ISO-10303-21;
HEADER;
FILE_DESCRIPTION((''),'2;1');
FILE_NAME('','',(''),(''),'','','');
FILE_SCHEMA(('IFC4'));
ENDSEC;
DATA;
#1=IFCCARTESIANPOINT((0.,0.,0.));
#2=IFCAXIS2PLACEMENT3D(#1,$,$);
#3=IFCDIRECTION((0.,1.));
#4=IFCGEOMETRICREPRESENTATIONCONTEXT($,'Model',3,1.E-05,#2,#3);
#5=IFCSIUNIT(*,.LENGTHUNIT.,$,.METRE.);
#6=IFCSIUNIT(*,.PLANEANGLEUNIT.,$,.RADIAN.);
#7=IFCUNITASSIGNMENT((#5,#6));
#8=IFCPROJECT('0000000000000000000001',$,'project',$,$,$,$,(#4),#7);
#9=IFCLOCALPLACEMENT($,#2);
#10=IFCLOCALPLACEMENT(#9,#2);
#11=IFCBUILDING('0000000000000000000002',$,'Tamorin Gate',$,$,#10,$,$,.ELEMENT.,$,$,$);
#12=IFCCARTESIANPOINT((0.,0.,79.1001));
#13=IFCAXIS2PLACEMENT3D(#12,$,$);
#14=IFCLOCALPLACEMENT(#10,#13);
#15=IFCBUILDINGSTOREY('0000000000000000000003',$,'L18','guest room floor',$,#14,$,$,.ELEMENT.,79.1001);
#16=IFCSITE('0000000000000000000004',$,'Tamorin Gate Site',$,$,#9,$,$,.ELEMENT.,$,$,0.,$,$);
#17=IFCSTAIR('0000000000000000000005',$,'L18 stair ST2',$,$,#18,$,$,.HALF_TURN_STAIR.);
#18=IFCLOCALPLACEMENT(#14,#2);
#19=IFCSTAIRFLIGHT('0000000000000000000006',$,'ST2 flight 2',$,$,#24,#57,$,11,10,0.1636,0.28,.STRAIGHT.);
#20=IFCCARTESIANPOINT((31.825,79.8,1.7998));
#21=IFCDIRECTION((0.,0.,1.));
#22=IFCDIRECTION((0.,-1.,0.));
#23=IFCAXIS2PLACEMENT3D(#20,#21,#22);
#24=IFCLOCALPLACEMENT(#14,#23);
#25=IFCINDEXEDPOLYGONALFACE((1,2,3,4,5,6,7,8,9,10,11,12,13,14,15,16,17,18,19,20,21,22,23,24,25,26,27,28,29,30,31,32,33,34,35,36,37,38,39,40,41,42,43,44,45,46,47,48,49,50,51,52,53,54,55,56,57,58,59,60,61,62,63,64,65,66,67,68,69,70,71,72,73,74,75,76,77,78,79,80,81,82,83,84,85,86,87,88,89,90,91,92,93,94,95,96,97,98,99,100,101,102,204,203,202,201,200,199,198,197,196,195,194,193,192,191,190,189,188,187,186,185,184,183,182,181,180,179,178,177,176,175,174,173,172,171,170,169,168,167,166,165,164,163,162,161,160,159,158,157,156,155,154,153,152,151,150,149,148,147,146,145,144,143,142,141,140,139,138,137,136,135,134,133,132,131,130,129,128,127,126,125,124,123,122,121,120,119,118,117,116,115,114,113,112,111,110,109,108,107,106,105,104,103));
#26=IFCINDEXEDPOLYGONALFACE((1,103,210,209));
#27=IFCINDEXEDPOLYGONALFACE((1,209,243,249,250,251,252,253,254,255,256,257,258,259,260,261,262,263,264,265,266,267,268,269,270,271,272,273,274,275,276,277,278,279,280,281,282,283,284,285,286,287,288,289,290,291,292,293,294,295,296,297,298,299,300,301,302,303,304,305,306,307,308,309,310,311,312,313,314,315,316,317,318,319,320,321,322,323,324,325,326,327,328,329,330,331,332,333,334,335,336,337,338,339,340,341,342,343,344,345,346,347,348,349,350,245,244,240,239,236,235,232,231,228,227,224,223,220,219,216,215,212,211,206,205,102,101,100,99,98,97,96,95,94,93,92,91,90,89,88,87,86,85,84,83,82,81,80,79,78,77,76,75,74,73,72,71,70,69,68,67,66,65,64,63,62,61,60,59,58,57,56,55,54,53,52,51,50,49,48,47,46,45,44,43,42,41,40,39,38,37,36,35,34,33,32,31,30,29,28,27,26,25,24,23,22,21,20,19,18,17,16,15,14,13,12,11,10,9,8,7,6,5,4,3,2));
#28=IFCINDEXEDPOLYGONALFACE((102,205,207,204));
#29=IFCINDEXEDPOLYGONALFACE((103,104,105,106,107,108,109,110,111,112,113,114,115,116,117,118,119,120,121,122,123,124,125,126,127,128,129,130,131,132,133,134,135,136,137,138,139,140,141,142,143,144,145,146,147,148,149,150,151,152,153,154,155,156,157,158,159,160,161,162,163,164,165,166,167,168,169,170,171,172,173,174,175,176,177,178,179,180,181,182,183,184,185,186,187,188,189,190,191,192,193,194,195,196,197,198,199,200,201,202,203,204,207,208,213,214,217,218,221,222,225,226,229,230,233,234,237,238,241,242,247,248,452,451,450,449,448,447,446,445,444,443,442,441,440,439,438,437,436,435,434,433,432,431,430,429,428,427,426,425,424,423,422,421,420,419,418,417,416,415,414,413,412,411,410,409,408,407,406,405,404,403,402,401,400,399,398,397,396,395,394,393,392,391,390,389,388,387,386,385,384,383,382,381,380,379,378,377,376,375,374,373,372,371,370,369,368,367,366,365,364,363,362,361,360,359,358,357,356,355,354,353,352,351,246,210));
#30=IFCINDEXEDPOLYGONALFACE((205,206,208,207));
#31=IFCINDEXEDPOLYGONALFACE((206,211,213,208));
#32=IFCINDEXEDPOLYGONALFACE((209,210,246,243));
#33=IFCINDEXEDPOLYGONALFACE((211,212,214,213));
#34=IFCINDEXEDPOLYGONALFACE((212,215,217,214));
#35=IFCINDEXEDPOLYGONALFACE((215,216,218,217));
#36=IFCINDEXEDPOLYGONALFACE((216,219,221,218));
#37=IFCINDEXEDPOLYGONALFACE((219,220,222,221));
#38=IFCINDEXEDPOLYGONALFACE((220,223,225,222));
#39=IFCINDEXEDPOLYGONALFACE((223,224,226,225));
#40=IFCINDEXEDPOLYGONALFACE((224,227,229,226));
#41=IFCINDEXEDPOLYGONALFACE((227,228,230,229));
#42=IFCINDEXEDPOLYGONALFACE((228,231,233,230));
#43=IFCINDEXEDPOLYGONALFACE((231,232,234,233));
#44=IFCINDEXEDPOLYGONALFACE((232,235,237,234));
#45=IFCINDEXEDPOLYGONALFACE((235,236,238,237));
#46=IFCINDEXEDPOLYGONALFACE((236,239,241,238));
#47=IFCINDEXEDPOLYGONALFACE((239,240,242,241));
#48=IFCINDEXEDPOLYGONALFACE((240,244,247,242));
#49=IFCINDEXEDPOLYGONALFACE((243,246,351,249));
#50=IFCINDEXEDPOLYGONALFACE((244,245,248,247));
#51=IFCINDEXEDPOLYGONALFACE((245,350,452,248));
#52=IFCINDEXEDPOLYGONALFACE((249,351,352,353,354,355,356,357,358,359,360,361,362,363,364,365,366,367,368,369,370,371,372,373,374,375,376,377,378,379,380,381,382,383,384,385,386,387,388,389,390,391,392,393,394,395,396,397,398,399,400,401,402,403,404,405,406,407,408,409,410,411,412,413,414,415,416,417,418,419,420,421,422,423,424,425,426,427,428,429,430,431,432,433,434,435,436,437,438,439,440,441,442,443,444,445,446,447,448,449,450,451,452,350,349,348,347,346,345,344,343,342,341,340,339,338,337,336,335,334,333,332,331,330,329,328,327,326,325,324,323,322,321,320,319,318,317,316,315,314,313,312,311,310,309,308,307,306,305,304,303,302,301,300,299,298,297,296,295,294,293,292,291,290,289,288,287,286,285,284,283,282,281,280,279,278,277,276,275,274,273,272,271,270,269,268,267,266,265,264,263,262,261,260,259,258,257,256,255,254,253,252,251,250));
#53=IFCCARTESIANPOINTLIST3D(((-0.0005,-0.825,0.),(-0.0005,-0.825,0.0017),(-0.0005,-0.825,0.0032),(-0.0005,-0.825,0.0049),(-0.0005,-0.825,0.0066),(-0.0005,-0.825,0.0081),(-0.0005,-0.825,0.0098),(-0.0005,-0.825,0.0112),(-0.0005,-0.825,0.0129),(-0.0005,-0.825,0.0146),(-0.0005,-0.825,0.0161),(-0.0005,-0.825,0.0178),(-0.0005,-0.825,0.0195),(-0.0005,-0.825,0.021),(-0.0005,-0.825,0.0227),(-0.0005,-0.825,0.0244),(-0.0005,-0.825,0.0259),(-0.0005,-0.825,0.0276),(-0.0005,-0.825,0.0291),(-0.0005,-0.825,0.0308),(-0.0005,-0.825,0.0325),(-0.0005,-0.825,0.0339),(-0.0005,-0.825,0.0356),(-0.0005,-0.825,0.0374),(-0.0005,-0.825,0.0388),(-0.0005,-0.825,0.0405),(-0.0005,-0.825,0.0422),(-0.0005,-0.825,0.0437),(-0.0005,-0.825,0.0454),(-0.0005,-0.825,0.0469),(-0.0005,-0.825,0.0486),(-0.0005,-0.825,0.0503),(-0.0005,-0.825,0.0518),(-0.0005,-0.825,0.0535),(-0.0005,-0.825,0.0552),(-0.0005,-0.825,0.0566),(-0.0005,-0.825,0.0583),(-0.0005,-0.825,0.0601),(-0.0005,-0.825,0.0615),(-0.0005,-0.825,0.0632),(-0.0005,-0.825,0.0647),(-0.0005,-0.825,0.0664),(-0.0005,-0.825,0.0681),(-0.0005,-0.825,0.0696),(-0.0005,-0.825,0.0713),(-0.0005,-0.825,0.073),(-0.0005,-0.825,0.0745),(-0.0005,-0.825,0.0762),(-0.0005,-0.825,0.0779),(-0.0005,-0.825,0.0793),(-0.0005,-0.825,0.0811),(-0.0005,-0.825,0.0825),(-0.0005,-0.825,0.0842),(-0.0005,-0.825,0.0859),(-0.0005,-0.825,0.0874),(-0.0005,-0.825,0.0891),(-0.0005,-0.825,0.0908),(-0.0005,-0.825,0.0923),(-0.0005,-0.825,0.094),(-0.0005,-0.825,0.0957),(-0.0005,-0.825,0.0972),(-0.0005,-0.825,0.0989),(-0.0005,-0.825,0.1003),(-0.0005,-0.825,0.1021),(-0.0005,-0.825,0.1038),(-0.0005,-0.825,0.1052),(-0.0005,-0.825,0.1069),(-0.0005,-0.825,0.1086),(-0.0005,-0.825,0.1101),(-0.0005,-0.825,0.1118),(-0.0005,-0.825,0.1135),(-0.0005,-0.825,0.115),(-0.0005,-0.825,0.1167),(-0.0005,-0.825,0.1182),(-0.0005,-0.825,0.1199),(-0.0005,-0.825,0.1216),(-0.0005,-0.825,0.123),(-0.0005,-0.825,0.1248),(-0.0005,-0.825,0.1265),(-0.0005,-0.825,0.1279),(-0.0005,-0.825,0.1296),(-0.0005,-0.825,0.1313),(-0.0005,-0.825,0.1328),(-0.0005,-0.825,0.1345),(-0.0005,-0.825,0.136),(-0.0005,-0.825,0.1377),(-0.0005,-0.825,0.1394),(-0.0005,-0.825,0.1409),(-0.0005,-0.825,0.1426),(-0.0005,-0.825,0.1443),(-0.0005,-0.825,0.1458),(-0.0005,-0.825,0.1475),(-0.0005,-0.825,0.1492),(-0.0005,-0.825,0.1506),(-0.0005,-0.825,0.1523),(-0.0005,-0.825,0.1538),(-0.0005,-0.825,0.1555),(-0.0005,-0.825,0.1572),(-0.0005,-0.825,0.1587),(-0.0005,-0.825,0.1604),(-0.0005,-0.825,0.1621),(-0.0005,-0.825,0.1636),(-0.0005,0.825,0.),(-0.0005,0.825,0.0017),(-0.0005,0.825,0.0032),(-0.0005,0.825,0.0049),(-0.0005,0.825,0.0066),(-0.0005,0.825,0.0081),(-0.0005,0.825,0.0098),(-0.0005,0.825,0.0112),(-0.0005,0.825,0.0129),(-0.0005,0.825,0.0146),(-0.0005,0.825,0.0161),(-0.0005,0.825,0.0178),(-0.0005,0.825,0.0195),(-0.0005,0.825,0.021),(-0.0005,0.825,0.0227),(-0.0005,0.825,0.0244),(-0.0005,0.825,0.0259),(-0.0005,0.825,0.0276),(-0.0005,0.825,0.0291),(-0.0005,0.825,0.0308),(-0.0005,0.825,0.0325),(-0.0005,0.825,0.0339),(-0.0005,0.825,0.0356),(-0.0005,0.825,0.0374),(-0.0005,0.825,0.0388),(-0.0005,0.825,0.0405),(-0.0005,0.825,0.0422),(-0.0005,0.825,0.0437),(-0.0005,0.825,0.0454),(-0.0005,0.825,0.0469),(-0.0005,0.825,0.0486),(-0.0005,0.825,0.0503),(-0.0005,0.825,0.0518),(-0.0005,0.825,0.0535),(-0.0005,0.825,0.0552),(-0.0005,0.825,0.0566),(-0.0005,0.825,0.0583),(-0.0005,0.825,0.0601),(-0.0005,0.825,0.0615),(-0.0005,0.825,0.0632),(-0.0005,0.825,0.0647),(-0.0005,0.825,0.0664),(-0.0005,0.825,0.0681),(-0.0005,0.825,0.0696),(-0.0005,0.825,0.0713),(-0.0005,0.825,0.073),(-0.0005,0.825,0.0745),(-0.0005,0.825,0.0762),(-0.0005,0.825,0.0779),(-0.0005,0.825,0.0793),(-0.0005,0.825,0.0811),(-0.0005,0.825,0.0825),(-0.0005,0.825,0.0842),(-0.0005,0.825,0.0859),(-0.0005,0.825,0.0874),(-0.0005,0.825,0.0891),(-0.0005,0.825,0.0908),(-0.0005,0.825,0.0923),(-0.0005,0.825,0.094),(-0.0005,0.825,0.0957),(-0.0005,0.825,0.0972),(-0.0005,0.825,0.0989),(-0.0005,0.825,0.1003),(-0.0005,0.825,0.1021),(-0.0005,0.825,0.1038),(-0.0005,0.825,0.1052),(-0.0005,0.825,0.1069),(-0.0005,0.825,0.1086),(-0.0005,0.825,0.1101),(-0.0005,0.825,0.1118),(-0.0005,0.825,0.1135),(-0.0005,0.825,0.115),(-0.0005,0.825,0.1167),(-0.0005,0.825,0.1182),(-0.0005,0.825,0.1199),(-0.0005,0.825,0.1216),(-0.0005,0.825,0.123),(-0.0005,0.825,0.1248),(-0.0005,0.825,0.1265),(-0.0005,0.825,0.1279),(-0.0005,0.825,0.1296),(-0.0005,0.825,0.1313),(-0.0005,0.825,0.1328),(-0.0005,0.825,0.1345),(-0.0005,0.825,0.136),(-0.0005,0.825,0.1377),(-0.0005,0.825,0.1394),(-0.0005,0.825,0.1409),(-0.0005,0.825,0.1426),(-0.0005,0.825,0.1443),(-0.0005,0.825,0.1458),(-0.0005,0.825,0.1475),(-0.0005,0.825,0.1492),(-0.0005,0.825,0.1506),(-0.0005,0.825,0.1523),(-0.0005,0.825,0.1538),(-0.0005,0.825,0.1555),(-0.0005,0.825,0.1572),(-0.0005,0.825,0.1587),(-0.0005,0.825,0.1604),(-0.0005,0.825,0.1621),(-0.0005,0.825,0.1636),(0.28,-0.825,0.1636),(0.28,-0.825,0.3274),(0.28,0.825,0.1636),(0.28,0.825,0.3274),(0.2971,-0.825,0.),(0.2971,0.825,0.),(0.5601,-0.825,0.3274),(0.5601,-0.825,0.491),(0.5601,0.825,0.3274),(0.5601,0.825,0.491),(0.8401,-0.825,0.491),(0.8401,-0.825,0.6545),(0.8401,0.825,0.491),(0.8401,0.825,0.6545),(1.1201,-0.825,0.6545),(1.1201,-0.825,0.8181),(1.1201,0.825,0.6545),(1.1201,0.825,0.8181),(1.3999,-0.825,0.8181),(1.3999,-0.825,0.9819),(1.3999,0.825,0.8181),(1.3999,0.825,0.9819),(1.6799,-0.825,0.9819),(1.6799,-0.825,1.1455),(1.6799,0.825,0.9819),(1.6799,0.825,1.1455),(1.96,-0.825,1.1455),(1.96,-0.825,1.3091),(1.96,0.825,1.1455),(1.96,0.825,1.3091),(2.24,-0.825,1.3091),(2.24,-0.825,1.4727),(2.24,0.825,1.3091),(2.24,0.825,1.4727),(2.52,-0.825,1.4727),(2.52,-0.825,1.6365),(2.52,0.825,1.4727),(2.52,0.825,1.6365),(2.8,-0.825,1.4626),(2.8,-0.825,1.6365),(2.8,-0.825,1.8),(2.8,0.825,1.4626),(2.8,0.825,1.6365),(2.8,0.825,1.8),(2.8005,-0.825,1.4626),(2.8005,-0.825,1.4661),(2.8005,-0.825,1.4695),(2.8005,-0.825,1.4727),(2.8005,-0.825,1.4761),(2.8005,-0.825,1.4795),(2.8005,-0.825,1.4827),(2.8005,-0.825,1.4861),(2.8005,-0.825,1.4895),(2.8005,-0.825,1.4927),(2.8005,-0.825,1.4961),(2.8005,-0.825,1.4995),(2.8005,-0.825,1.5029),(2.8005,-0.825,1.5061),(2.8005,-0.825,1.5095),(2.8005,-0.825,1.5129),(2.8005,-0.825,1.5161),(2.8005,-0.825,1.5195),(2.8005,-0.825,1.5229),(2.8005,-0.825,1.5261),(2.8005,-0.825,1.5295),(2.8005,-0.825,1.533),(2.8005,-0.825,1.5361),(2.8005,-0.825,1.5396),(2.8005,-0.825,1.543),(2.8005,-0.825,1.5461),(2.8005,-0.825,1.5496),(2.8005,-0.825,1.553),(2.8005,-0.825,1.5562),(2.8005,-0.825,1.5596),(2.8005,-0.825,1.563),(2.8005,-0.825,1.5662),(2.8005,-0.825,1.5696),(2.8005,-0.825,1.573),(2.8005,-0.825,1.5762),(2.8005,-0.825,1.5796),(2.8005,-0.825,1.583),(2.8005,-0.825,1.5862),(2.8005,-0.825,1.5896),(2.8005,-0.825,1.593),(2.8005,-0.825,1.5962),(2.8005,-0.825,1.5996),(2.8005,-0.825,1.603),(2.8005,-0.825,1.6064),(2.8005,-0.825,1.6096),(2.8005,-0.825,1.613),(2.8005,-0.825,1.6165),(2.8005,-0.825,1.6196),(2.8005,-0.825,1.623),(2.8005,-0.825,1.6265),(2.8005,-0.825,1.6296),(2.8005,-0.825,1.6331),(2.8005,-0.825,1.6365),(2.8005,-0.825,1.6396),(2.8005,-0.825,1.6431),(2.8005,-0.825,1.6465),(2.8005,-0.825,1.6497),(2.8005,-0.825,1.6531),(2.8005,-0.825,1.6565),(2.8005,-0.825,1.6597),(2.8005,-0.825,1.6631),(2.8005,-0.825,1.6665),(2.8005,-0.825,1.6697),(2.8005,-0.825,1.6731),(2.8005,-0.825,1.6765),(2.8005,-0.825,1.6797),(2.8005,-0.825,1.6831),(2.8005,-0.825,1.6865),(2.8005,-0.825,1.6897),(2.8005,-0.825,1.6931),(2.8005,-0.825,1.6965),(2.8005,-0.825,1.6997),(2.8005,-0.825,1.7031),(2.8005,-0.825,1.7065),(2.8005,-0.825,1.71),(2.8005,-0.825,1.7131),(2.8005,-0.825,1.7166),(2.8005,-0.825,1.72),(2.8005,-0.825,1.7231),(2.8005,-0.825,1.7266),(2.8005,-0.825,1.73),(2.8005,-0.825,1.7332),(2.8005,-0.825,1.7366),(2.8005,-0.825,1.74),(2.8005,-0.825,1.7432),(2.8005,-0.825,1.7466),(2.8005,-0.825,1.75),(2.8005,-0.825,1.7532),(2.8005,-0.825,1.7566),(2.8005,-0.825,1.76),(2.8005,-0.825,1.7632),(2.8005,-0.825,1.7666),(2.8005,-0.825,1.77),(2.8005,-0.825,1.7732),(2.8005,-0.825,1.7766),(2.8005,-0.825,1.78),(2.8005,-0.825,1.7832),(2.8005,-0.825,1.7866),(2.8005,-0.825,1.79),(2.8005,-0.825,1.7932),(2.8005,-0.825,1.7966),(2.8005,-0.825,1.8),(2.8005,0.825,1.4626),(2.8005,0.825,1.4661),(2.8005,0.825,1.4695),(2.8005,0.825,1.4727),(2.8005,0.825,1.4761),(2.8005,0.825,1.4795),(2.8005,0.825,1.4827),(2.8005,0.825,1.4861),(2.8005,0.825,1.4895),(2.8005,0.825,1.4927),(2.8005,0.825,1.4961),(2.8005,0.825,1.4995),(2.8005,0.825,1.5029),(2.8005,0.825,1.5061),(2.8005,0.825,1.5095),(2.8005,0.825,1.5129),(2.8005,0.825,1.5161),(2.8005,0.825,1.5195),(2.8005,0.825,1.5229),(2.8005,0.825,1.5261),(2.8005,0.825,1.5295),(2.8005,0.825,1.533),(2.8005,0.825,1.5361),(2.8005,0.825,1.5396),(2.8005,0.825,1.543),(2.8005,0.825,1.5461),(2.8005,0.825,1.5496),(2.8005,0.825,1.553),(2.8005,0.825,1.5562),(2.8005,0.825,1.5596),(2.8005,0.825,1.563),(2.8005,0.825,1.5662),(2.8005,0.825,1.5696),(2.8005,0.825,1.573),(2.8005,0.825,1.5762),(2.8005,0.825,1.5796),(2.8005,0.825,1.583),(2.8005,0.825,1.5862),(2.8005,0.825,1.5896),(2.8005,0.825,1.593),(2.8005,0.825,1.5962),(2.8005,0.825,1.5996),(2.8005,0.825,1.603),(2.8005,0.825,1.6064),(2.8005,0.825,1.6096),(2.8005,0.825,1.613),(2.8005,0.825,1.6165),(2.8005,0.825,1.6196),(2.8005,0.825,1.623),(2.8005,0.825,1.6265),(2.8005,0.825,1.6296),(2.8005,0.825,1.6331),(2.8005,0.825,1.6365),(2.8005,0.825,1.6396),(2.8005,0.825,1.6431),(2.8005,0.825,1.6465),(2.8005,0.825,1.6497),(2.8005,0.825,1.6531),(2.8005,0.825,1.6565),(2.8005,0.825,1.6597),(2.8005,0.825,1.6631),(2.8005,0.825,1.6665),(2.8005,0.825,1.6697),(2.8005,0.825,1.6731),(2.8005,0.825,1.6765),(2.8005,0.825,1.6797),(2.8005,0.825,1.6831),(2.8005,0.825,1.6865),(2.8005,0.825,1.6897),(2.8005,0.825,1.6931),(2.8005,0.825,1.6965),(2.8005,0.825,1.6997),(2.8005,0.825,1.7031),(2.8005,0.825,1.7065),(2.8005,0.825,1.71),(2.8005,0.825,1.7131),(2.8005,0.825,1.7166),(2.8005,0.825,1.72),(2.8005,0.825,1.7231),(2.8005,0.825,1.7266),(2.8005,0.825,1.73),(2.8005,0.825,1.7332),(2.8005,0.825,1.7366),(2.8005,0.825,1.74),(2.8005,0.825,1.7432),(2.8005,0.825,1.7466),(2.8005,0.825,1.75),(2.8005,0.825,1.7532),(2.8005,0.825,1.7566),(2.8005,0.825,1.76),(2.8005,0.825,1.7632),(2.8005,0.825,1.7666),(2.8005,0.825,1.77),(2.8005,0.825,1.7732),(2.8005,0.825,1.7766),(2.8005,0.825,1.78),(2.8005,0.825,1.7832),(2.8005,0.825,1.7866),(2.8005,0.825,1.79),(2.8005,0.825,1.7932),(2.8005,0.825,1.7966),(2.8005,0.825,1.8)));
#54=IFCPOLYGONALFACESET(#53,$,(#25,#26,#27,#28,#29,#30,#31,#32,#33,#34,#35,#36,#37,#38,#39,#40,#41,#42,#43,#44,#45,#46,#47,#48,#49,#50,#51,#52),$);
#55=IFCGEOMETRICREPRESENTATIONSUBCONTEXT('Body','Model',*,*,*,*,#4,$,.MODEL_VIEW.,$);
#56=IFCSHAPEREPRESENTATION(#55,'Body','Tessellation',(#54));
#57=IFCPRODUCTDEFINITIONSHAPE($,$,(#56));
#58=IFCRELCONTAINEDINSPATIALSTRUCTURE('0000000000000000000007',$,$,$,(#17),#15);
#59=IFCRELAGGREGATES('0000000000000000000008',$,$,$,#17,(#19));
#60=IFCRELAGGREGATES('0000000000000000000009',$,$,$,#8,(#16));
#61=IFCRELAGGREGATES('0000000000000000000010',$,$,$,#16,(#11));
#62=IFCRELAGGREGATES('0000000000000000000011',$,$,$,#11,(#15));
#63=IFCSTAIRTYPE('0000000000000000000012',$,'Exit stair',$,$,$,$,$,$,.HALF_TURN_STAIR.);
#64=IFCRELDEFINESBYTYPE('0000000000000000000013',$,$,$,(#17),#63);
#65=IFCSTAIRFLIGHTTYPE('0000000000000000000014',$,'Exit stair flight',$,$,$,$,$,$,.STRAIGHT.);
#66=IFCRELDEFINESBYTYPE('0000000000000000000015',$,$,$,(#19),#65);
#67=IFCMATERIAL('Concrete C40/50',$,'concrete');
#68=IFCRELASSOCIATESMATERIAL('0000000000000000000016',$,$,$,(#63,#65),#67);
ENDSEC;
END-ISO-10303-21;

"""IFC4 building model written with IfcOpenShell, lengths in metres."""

from ifc_helpers import new_model, si_unit, direction, frame, origin, place, context, subcontext, project, spatial, polyline, outline, extrude, material, type_object, element, aggregate, save


model = new_model("IFC4")

# Units and contexts
model_context = context("Model", 3, precision=1e-05, world=origin(), true_north=direction((0.0, 1.0)))
body_context = subcontext(model_context, "Body", "Model", "MODEL_VIEW")
ifc_project = project(units=[si_unit("LENGTHUNIT", "METRE"), si_unit("PLANEANGLEUNIT", "RADIAN")], contexts=[model_context])

# Site, building, storey
site_placement = place(None, origin())
site = spatial("IfcSite", under=ifc_project, at=site_placement, Name="Tamorin Gate Site", CompositionType="ELEMENT", RefElevation=0.0)
building_placement = place(site_placement, origin())
building = spatial("IfcBuilding", under=site, at=building_placement, Name="Tamorin Gate", CompositionType="ELEMENT")
storey_placement = place(building_placement, frame((0.0, 0.0, 79.1001)))
storey = spatial("IfcBuildingStorey", under=building, at=storey_placement, Name="L18", Description="guest room floor", CompositionType="ELEMENT", Elevation=79.1001)

# Shared definitions
ifc_material_1 = material(Name="Concrete C40/50", Category="concrete")

# Stair, stair flight
stair_type = type_object("IfcStairType", Name="Exit stair", PredefinedType="HALF_TURN_STAIR", material=ifc_material_1)
stair_placement = place(storey_placement, origin())
stair = element("IfcStair", 1, at=stair_placement, inside=storey, type_object=stair_type, Name="L18 stair ST2", PredefinedType="HALF_TURN_STAIR")
stair_flight_type = type_object("IfcStairFlightType", Name="Exit stair flight", PredefinedType="STRAIGHT", material=ifc_material_1)
stair_flight_1_placement = place(storey_placement, frame((31.825, 79.8, 1.7998), z_axis=(0.0, 0.0, 1.0), x_axis=(0.0, -1.0, 0.0)))
stair_flight_1 = element("IfcStairFlight", 2, at=stair_flight_1_placement, type_object=stair_flight_type, Name="ST2 flight 2", NumberOfRisers=11, NumberOfTreads=10, PredefinedType="STRAIGHT", RiserHeight=0.1636, TreadLength=0.28, context=body_context, shape_type="SweptSolid", body=[
    extrude(outline(polyline([(-0.0005, 0.0), (-0.0005, 0.0017), (-0.0005, 0.0032), (-0.0005, 0.0049), (-0.0005, 0.0066), (-0.0005, 0.0081), (-0.0005, 0.0098), (-0.0005, 0.0112), (-0.0005, 0.0129), (-0.0005, 0.0146), (-0.0005, 0.0161), (-0.0005, 0.0178), (-0.0005, 0.0195), (-0.0005, 0.021), (-0.0005, 0.0227), (-0.0005, 0.0244), (-0.0005, 0.0259), (-0.0005, 0.0276), (-0.0005, 0.0291), (-0.0005, 0.0308), (-0.0005, 0.0325), (-0.0005, 0.0339), (-0.0005, 0.0356), (-0.0005, 0.0374), (-0.0005, 0.0388), (-0.0005, 0.0405), (-0.0005, 0.0422), (-0.0005, 0.0437), (-0.0005, 0.0454), (-0.0005, 0.0469), (-0.0005, 0.0486), (-0.0005, 0.0503), (-0.0005, 0.0518), (-0.0005, 0.0535), (-0.0005, 0.0552), (-0.0005, 0.0566), (-0.0005, 0.0583), (-0.0005, 0.0601), (-0.0005, 0.0615), (-0.0005, 0.0632), (-0.0005, 0.0647), (-0.0005, 0.0664), (-0.0005, 0.0681), (-0.0005, 0.0696), (-0.0005, 0.0713), (-0.0005, 0.073), (-0.0005, 0.0745), (-0.0005, 0.0762), (-0.0005, 0.0779), (-0.0005, 0.0793), (-0.0005, 0.0811), (-0.0005, 0.0825), (-0.0005, 0.0842), (-0.0005, 0.0859), (-0.0005, 0.0874), (-0.0005, 0.0891), (-0.0005, 0.0908), (-0.0005, 0.0923), (-0.0005, 0.094), (-0.0005, 0.0957), (-0.0005, 0.0972), (-0.0005, 0.0989), (-0.0005, 0.1003), (-0.0005, 0.1021), (-0.0005, 0.1038), (-0.0005, 0.1052), (-0.0005, 0.1069), (-0.0005, 0.1086), (-0.0005, 0.1101), (-0.0005, 0.1118), (-0.0005, 0.1135), (-0.0005, 0.115), (-0.0005, 0.1167), (-0.0005, 0.1182), (-0.0005, 0.1199), (-0.0005, 0.1216), (-0.0005, 0.123), (-0.0005, 0.1248), (-0.0005, 0.1265), (-0.0005, 0.1279), (-0.0005, 0.1296), (-0.0005, 0.1313), (-0.0005, 0.1328), (-0.0005, 0.1345), (-0.0005, 0.136), (-0.0005, 0.1377), (-0.0005, 0.1394), (-0.0005, 0.1409), (-0.0005, 0.1426), (-0.0005, 0.1443), (-0.0005, 0.1458), (-0.0005, 0.1475), (-0.0005, 0.1492), (-0.0005, 0.1506), (-0.0005, 0.1523), (-0.0005, 0.1538), (-0.0005, 0.1555), (-0.0005, 0.1572), (-0.0005, 0.1587), (-0.0005, 0.1604), (-0.0005, 0.1621), (-0.0005, 0.1636), (0.28, 0.1636), (0.28, 0.3274), (0.5601, 0.3274), (0.5601, 0.491), (0.8401, 0.491), (0.8401, 0.6545), (1.1201, 0.6545), (1.1201, 0.8181), (1.3999, 0.8181), (1.3999, 0.9819), (1.6799, 0.9819), (1.6799, 1.1455), (1.96, 1.1455), (1.96, 1.3091), (2.24, 1.3091), (2.24, 1.4727), (2.52, 1.4727), (2.52, 1.6365), (2.8, 1.6365), (2.8, 1.8), (2.8005, 1.8), (2.8005, 1.7966), (2.8005, 1.7932), (2.8005, 1.79), (2.8005, 1.7866), (2.8005, 1.7832), (2.8005, 1.78), (2.8005, 1.7766), (2.8005, 1.7732), (2.8005, 1.77), (2.8005, 1.7666), (2.8005, 1.7632), (2.8005, 1.76), (2.8005, 1.7566), (2.8005, 1.7532), (2.8005, 1.75), (2.8005, 1.7466), (2.8005, 1.7432), (2.8005, 1.74), (2.8005, 1.7366), (2.8005, 1.7332), (2.8005, 1.73), (2.8005, 1.7266), (2.8005, 1.7231), (2.8005, 1.72), (2.8005, 1.7166), (2.8005, 1.7131), (2.8005, 1.71), (2.8005, 1.7065), (2.8005, 1.7031), (2.8005, 1.6997), (2.8005, 1.6965), (2.8005, 1.6931), (2.8005, 1.6897), (2.8005, 1.6865), (2.8005, 1.6831), (2.8005, 1.6797), (2.8005, 1.6765), (2.8005, 1.6731), (2.8005, 1.6697), (2.8005, 1.6665), (2.8005, 1.6631), (2.8005, 1.6597), (2.8005, 1.6565), (2.8005, 1.6531), (2.8005, 1.6497), (2.8005, 1.6465), (2.8005, 1.6431), (2.8005, 1.6396), (2.8005, 1.6365), (2.8005, 1.6331), (2.8005, 1.6296), (2.8005, 1.6265), (2.8005, 1.623), (2.8005, 1.6196), (2.8005, 1.6165), (2.8005, 1.613), (2.8005, 1.6096), (2.8005, 1.6064), (2.8005, 1.603), (2.8005, 1.5996), (2.8005, 1.5962), (2.8005, 1.593), (2.8005, 1.5896), (2.8005, 1.5862), (2.8005, 1.583), (2.8005, 1.5796), (2.8005, 1.5762), (2.8005, 1.573), (2.8005, 1.5696), (2.8005, 1.5662), (2.8005, 1.563), (2.8005, 1.5596), (2.8005, 1.5562), (2.8005, 1.553), (2.8005, 1.5496), (2.8005, 1.5461), (2.8005, 1.543), (2.8005, 1.5396), (2.8005, 1.5361), (2.8005, 1.533), (2.8005, 1.5295), (2.8005, 1.5261), (2.8005, 1.5229), (2.8005, 1.5195), (2.8005, 1.5161), (2.8005, 1.5129), (2.8005, 1.5095), (2.8005, 1.5061), (2.8005, 1.5029), (2.8005, 1.4995), (2.8005, 1.4961), (2.8005, 1.4927), (2.8005, 1.4895), (2.8005, 1.4861), (2.8005, 1.4827), (2.8005, 1.4795), (2.8005, 1.4761), (2.8005, 1.4727), (2.8005, 1.4695), (2.8005, 1.4661), (2.8005, 1.4626), (2.8, 1.4626), (0.2971, 0.0), (-0.0005, 0.0)])), frame((0.0, 0.825, 0.0), z_axis=(0.0, -1.0, 0.0), x_axis=(1.0, 0.0, 0.0)), (0.0, 0.0, 1.0), 1.6499),
])
aggregate(stair, [stair_flight_1])

save(model, "model.ifc")
